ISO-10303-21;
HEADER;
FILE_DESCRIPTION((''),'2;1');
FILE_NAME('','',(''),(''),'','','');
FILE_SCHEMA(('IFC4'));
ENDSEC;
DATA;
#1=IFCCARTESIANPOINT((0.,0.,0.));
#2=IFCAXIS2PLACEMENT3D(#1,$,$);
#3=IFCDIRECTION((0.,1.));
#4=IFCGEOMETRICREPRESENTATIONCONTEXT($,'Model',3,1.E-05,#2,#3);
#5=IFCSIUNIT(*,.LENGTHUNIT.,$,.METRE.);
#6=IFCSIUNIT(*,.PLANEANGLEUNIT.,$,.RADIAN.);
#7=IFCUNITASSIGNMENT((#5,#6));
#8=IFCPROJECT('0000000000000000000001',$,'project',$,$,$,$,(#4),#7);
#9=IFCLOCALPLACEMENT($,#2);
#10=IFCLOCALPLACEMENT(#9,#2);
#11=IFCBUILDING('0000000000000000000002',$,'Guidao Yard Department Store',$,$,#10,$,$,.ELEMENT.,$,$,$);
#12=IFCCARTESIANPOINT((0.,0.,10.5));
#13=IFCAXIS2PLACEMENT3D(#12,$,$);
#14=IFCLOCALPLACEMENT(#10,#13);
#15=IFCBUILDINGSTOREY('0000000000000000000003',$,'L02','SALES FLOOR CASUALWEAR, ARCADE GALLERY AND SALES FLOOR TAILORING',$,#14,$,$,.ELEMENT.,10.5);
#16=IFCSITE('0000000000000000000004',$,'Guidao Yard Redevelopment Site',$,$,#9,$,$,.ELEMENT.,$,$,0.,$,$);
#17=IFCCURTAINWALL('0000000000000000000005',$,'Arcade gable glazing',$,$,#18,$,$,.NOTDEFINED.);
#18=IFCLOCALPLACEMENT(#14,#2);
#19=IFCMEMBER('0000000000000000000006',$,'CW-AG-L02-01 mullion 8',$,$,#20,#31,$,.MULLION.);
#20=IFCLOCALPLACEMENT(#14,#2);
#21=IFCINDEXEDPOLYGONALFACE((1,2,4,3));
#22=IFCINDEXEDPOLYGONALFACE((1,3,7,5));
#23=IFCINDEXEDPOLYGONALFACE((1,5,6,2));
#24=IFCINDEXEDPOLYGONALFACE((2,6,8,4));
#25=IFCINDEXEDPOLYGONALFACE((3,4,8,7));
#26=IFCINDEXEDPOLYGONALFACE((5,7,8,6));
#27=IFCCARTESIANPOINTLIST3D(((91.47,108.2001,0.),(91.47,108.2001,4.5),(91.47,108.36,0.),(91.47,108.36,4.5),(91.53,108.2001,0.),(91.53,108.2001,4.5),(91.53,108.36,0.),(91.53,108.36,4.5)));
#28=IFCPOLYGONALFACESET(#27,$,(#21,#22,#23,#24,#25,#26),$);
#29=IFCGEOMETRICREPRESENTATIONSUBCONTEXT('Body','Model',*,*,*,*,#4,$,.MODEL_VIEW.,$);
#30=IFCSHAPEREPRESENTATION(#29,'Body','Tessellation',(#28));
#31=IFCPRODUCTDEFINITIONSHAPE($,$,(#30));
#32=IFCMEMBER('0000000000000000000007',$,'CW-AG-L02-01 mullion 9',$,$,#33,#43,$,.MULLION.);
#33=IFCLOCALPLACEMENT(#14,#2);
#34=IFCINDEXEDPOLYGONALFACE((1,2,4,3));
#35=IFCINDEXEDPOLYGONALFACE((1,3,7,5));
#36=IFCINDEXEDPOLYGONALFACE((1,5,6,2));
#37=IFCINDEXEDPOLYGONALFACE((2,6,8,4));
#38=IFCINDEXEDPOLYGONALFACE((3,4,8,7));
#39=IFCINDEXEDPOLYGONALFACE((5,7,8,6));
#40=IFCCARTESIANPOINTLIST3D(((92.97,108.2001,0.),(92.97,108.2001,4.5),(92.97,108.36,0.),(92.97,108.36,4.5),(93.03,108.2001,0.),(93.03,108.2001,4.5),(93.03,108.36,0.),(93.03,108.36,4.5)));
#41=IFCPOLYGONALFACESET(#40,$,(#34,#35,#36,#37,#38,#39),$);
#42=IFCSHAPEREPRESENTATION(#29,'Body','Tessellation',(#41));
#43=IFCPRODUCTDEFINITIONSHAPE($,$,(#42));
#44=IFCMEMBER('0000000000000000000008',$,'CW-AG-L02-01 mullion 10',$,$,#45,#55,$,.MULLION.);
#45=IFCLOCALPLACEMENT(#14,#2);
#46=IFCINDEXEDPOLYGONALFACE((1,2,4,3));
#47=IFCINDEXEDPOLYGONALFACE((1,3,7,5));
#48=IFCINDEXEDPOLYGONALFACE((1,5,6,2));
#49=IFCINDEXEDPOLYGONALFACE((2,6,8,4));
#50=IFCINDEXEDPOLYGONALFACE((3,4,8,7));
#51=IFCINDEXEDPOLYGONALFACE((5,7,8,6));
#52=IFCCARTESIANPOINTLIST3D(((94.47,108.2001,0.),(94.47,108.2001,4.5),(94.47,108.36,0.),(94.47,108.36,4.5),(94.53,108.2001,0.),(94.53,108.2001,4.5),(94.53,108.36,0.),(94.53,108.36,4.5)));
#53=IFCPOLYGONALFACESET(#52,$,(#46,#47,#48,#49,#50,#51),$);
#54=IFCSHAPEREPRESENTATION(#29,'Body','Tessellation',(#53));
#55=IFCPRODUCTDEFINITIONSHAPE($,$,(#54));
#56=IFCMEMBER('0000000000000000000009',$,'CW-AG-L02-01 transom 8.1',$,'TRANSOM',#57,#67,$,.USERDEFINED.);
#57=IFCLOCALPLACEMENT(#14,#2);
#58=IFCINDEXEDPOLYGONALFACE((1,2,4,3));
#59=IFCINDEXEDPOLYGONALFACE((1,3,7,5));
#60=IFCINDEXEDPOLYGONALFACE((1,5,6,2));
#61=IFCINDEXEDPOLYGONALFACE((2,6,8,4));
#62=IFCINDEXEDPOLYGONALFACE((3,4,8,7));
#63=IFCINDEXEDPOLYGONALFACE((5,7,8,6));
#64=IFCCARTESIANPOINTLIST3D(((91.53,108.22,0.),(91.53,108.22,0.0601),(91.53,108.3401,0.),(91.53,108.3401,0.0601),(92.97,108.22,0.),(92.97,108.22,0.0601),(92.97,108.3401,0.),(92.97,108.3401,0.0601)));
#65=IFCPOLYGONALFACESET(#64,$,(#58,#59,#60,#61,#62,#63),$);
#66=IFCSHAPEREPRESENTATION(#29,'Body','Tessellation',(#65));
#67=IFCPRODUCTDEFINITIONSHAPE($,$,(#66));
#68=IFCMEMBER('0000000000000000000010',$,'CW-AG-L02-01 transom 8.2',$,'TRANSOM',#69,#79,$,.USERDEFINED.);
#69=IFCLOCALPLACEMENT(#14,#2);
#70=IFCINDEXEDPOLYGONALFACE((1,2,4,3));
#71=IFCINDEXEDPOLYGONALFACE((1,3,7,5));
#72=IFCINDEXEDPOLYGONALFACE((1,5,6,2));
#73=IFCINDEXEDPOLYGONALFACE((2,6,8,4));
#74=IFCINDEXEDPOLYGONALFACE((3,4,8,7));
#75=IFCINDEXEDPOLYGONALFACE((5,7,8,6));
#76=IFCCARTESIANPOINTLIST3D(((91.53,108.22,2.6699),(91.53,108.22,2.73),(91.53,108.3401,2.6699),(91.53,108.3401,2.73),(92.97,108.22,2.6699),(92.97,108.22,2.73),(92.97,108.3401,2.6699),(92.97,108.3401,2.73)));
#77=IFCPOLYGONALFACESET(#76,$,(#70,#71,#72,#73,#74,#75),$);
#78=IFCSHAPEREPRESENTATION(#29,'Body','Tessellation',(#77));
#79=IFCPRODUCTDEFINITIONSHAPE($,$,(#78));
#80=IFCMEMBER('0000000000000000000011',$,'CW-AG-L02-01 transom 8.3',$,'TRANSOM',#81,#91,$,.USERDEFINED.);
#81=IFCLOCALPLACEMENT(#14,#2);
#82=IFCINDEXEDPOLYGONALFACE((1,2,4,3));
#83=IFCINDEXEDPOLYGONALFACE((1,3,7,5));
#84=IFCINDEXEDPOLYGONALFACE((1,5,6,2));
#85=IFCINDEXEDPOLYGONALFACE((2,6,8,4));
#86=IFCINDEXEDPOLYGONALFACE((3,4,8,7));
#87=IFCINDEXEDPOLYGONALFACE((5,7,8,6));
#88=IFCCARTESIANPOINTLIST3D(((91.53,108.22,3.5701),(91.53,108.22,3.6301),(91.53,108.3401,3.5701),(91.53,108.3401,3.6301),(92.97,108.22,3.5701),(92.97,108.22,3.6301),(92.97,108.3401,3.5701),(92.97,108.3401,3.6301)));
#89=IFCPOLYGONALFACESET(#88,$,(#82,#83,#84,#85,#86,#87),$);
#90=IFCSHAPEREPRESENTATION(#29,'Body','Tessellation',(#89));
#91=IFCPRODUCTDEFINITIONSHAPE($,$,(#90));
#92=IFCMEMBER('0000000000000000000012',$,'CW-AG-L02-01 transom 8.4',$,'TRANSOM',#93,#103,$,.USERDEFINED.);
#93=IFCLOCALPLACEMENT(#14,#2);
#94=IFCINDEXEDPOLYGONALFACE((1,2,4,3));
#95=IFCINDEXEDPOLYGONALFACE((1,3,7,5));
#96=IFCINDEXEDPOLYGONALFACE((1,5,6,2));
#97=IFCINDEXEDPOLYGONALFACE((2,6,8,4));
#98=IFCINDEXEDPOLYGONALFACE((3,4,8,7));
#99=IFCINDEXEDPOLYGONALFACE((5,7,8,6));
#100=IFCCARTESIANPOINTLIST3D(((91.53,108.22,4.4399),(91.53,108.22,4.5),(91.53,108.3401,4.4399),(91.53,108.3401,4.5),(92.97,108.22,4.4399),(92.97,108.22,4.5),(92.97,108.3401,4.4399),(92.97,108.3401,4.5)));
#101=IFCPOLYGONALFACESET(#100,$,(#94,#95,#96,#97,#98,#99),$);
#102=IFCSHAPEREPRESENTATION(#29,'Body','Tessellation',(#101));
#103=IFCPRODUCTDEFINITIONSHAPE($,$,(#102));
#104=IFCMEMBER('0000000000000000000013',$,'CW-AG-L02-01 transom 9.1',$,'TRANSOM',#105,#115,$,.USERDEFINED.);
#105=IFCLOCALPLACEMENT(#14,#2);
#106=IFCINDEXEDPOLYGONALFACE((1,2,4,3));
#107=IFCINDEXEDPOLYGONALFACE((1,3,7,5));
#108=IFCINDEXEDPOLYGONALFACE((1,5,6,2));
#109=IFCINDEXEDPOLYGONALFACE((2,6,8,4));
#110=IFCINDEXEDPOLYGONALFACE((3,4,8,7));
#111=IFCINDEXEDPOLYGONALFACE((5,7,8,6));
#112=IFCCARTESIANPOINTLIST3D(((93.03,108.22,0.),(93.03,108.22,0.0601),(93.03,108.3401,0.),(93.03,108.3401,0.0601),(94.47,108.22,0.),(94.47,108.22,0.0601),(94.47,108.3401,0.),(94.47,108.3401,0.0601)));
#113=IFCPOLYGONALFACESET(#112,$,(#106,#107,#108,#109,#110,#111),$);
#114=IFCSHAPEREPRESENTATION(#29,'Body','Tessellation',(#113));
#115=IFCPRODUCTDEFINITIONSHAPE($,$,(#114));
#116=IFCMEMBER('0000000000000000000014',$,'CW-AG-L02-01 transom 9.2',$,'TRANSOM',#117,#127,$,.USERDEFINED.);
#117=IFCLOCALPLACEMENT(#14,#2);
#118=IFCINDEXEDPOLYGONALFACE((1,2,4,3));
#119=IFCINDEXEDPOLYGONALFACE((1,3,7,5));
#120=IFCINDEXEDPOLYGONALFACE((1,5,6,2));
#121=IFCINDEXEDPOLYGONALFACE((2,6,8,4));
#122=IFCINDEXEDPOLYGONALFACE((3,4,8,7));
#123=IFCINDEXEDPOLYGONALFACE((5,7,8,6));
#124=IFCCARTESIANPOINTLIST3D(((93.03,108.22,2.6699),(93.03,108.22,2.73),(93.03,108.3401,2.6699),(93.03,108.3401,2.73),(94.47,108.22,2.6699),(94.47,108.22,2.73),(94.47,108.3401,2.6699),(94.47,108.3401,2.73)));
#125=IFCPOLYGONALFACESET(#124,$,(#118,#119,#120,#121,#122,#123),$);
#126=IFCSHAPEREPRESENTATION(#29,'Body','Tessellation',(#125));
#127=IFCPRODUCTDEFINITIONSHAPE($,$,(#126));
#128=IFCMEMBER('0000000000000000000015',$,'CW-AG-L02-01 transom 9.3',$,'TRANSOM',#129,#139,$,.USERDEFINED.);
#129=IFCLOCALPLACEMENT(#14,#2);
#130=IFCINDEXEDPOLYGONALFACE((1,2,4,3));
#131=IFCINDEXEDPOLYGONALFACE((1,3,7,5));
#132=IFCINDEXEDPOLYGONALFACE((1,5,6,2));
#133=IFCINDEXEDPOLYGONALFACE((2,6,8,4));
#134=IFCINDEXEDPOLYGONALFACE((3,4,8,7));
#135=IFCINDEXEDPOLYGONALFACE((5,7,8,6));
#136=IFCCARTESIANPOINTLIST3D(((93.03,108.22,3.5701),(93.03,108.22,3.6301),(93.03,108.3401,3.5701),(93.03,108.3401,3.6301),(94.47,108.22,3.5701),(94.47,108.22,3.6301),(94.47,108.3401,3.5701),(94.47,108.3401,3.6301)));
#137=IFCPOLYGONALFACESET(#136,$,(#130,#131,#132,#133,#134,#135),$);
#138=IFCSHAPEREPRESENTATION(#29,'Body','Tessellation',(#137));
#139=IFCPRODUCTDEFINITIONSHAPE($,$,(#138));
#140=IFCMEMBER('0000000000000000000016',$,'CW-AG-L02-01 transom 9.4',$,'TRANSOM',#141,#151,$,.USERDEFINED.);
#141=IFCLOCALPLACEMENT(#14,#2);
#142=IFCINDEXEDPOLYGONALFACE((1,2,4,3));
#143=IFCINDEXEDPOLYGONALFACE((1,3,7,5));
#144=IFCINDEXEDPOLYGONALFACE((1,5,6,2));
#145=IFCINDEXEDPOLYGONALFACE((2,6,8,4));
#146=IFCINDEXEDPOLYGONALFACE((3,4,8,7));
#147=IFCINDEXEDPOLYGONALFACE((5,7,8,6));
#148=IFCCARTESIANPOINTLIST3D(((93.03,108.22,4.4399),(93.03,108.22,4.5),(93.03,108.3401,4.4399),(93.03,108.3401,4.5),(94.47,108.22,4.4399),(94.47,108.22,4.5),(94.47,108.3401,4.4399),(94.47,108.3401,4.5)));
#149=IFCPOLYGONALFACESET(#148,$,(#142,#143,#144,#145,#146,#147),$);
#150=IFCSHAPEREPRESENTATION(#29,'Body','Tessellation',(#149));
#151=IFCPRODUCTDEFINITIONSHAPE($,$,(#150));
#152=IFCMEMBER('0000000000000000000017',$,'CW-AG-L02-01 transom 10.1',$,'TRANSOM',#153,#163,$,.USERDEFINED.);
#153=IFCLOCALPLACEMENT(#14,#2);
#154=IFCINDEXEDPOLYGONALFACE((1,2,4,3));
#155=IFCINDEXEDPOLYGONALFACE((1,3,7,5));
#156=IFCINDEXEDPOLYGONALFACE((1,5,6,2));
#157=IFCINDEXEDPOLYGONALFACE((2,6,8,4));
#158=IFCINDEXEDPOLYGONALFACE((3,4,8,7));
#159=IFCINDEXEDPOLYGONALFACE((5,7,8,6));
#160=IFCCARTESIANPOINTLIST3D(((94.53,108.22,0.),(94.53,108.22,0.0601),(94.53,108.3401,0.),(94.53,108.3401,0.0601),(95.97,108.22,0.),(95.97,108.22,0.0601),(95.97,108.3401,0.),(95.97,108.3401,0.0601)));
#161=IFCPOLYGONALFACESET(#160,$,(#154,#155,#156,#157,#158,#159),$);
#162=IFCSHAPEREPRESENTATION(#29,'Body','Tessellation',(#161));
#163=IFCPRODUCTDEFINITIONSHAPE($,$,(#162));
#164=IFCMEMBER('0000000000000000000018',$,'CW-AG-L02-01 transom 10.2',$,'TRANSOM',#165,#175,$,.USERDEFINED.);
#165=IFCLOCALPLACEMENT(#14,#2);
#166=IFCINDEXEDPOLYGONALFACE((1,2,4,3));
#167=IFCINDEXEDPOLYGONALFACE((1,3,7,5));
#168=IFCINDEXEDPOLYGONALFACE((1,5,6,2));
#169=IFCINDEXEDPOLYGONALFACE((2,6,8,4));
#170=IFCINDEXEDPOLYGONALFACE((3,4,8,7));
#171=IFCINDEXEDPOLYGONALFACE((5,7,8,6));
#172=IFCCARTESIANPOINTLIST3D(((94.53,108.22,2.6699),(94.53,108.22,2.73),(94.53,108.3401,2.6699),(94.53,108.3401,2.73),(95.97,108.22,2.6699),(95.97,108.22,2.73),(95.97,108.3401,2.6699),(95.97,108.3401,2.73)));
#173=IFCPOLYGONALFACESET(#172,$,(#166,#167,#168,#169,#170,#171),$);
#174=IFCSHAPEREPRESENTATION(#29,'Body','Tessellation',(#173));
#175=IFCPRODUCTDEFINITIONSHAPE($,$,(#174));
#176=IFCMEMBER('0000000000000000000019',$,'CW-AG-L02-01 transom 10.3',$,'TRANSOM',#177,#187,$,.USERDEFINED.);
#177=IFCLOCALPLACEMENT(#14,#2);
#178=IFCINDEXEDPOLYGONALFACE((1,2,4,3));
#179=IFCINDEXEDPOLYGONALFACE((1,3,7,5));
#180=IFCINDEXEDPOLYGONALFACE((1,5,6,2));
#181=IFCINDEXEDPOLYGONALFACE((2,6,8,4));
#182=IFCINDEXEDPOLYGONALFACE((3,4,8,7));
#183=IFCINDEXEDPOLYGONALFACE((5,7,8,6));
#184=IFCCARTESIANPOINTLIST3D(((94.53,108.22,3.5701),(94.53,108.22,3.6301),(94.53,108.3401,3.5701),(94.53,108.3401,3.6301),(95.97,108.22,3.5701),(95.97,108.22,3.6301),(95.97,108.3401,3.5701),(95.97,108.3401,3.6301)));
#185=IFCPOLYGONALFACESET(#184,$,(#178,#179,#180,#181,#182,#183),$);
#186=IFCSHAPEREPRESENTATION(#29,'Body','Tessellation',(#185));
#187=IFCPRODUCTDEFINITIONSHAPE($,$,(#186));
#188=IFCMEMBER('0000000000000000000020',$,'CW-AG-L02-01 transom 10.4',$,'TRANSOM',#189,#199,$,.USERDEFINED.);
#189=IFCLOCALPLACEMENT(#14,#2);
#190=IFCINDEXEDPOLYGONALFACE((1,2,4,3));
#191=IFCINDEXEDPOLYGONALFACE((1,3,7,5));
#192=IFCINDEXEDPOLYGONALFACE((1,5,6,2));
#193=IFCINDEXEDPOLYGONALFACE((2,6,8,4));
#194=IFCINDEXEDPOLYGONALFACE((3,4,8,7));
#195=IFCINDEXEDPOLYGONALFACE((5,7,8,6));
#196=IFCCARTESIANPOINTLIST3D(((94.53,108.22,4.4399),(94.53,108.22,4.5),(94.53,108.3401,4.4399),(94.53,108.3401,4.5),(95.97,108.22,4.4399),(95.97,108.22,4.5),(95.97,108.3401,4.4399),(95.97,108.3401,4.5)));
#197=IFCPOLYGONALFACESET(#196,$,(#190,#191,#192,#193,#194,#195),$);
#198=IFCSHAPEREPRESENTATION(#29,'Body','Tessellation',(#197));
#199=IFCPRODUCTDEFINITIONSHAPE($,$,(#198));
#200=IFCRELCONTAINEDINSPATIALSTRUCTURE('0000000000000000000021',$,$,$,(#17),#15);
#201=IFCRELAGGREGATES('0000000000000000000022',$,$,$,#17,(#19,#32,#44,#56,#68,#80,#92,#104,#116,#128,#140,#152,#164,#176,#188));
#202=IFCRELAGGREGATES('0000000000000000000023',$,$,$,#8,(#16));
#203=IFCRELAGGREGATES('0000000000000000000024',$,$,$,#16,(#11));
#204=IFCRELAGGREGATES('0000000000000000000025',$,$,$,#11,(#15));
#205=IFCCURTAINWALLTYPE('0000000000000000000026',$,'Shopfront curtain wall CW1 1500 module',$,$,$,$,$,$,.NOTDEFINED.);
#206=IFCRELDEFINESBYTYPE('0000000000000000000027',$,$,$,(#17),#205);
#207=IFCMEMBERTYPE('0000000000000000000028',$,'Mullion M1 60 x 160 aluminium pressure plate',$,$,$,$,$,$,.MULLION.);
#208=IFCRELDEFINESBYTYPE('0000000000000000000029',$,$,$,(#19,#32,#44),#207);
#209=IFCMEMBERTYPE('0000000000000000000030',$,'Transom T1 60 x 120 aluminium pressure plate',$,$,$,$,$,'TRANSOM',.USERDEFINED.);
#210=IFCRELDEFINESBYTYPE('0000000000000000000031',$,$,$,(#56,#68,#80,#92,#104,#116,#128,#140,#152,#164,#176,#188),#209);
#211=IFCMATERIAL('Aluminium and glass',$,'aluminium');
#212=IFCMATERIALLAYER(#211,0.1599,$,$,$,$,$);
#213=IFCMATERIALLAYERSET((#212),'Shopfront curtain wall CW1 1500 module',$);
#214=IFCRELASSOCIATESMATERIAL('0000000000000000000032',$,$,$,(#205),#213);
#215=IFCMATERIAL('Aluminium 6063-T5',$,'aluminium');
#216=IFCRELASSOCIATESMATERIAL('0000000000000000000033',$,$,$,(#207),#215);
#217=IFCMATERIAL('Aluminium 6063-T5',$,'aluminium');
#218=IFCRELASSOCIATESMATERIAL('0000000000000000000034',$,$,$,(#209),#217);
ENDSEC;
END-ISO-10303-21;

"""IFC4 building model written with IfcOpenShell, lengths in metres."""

from ifc_helpers import new_model, si_unit, direction, frame, origin, origin_2d, place, context, subcontext, project, spatial, rectangle, extrude, material, layer, layer_set, material_profile, profile_set, type_object, element, aggregate, save


model = new_model("IFC4")

# Units and contexts
model_context = context("Model", 3, precision=1e-05, world=origin(), true_north=direction((0.0, 1.0)))
body_context = subcontext(model_context, "Body", "Model", "MODEL_VIEW")
ifc_project = project(units=[si_unit("LENGTHUNIT", "METRE"), si_unit("PLANEANGLEUNIT", "RADIAN")], contexts=[model_context])

# Site, building, storey
site_placement = place(None, origin())
site = spatial("IfcSite", under=ifc_project, at=site_placement, Name="Guidao Yard Redevelopment Site", CompositionType="ELEMENT", RefElevation=0.0)
building_placement = place(site_placement, origin())
building = spatial("IfcBuilding", under=site, at=building_placement, Name="Guidao Yard Department Store", CompositionType="ELEMENT")
storey_placement = place(building_placement, frame((0.0, 0.0, 10.5)))
storey = spatial("IfcBuildingStorey", under=building, at=storey_placement, Name="L02", Description="SALES FLOOR CASUALWEAR, ARCADE GALLERY AND SALES FLOOR TAILORING", CompositionType="ELEMENT", Elevation=10.5)

# Curtain wall, members
ifc_material_1 = material(Name="Aluminium and glass", Category="aluminium")
ifc_layer_1 = layer(ifc_material_1, 0.1599)
ifc_layer_set_1 = layer_set([ifc_layer_1], Name="Shopfront curtain wall CW1 1500 module")
curtain_wall_type = type_object("IfcCurtainWallType", Name="Shopfront curtain wall CW1 1500 module", PredefinedType="NOTDEFINED", material=ifc_layer_set_1)
curtain_wall_placement = place(storey_placement, origin())
curtain_wall = element("IfcCurtainWall", 1, at=curtain_wall_placement, inside=storey, type_object=curtain_wall_type, Name="Arcade gable glazing", PredefinedType="NOTDEFINED")
ifc_material_2 = material(Name="Aluminium 6063-T5", Category="aluminium")
ifc_material_profile_1 = material_profile(ifc_material_2, rectangle(XDim=0.0601, YDim=0.1599, at=origin_2d()), Name="Mullion M1 60 x 160 aluminium pressure plate")
ifc_profile_set_1 = profile_set([ifc_material_profile_1], Name="Aluminium 6063-T5")
member_type_1 = type_object("IfcMemberType", Name="Mullion M1 60 x 160 aluminium pressure plate", PredefinedType="MULLION", material=ifc_profile_set_1)
member_1_placement = place(storey_placement, frame((91.5, 108.28, 0.0), z_axis=(0.0, 0.0, 1.0), x_axis=(1.0, 0.0, 0.0)))
member_1 = element("IfcMember", 2, at=member_1_placement, type_object=member_type_1, Name="CW-AG-L02-01 mullion 8", PredefinedType="MULLION", context=body_context, shape_type="SweptSolid", body=[
    extrude(rectangle(XDim=0.0601, YDim=0.1599, at=origin_2d()), origin(), (0.0, 0.0, 1.0), 4.5),
])
member_2_placement = place(storey_placement, frame((93.0, 108.28, 0.0), z_axis=(0.0, 0.0, 1.0), x_axis=(1.0, 0.0, 0.0)))
member_2 = element("IfcMember", 3, at=member_2_placement, type_object=member_type_1, Name="CW-AG-L02-01 mullion 9", PredefinedType="MULLION", context=body_context, shape_type="SweptSolid", body=[
    extrude(rectangle(XDim=0.0601, YDim=0.1599, at=origin_2d()), origin(), (0.0, 0.0, 1.0), 4.5),
])
member_3_placement = place(storey_placement, frame((94.5, 108.28, 0.0), z_axis=(0.0, 0.0, 1.0), x_axis=(1.0, 0.0, 0.0)))
member_3 = element("IfcMember", 4, at=member_3_placement, type_object=member_type_1, Name="CW-AG-L02-01 mullion 10", PredefinedType="MULLION", context=body_context, shape_type="SweptSolid", body=[
    extrude(rectangle(XDim=0.0601, YDim=0.1599, at=origin_2d()), origin(), (0.0, 0.0, 1.0), 4.5),
])
ifc_material_3 = material(Name="Aluminium 6063-T5", Category="aluminium")
ifc_material_profile_2 = material_profile(ifc_material_3, rectangle(XDim=0.1201, YDim=0.0601, at=origin_2d()), Name="Transom T1 60 x 120 aluminium pressure plate")
ifc_profile_set_2 = profile_set([ifc_material_profile_2], Name="Aluminium 6063-T5")
member_type_2 = type_object("IfcMemberType", Name="Transom T1 60 x 120 aluminium pressure plate", ElementType="TRANSOM", PredefinedType="USERDEFINED", material=ifc_profile_set_2)
member_4_placement = place(storey_placement, frame((91.53, 108.28, 0.03), z_axis=(1.0, 0.0, 0.0), x_axis=(0.0, 1.0, 0.0)))
member_4 = element("IfcMember", 5, at=member_4_placement, type_object=member_type_2, Name="CW-AG-L02-01 transom 8.1", ObjectType="TRANSOM", PredefinedType="USERDEFINED", context=body_context, shape_type="SweptSolid", body=[
    extrude(rectangle(XDim=0.1201, YDim=0.0601, at=origin_2d()), origin(), (0.0, 0.0, 1.0), 1.4399),
])
member_5_placement = place(storey_placement, frame((91.53, 108.28, 2.7), z_axis=(1.0, 0.0, 0.0), x_axis=(0.0, 1.0, 0.0)))
member_5 = element("IfcMember", 6, at=member_5_placement, type_object=member_type_2, Name="CW-AG-L02-01 transom 8.2", ObjectType="TRANSOM", PredefinedType="USERDEFINED", context=body_context, shape_type="SweptSolid", body=[
    extrude(rectangle(XDim=0.1201, YDim=0.0601, at=origin_2d()), origin(), (0.0, 0.0, 1.0), 1.4399),
])
member_6_placement = place(storey_placement, frame((91.53, 108.28, 3.6001), z_axis=(1.0, 0.0, 0.0), x_axis=(0.0, 1.0, 0.0)))
member_6 = element("IfcMember", 7, at=member_6_placement, type_object=member_type_2, Name="CW-AG-L02-01 transom 8.3", ObjectType="TRANSOM", PredefinedType="USERDEFINED", context=body_context, shape_type="SweptSolid", body=[
    extrude(rectangle(XDim=0.1201, YDim=0.0601, at=origin_2d()), origin(), (0.0, 0.0, 1.0), 1.4399),
])
member_7_placement = place(storey_placement, frame((91.53, 108.28, 4.47), z_axis=(1.0, 0.0, 0.0), x_axis=(0.0, 1.0, 0.0)))
member_7 = element("IfcMember", 8, at=member_7_placement, type_object=member_type_2, Name="CW-AG-L02-01 transom 8.4", ObjectType="TRANSOM", PredefinedType="USERDEFINED", context=body_context, shape_type="SweptSolid", body=[
    extrude(rectangle(XDim=0.1201, YDim=0.0601, at=origin_2d()), origin(), (0.0, 0.0, 1.0), 1.4399),
])
member_8_placement = place(storey_placement, frame((93.03, 108.28, 0.03), z_axis=(1.0, 0.0, 0.0), x_axis=(0.0, 1.0, 0.0)))
member_8 = element("IfcMember", 9, at=member_8_placement, type_object=member_type_2, Name="CW-AG-L02-01 transom 9.1", ObjectType="TRANSOM", PredefinedType="USERDEFINED", context=body_context, shape_type="SweptSolid", body=[
    extrude(rectangle(XDim=0.1201, YDim=0.0601, at=origin_2d()), origin(), (0.0, 0.0, 1.0), 1.4399),
])
member_9_placement = place(storey_placement, frame((93.03, 108.28, 2.7), z_axis=(1.0, 0.0, 0.0), x_axis=(0.0, 1.0, 0.0)))
member_9 = element("IfcMember", 10, at=member_9_placement, type_object=member_type_2, Name="CW-AG-L02-01 transom 9.2", ObjectType="TRANSOM", PredefinedType="USERDEFINED", context=body_context, shape_type="SweptSolid", body=[
    extrude(rectangle(XDim=0.1201, YDim=0.0601, at=origin_2d()), origin(), (0.0, 0.0, 1.0), 1.4399),
])
member_10_placement = place(storey_placement, frame((93.03, 108.28, 3.6001), z_axis=(1.0, 0.0, 0.0), x_axis=(0.0, 1.0, 0.0)))
member_10 = element("IfcMember", 11, at=member_10_placement, type_object=member_type_2, Name="CW-AG-L02-01 transom 9.3", ObjectType="TRANSOM", PredefinedType="USERDEFINED", context=body_context, shape_type="SweptSolid", body=[
    extrude(rectangle(XDim=0.1201, YDim=0.0601, at=origin_2d()), origin(), (0.0, 0.0, 1.0), 1.4399),
])
member_11_placement = place(storey_placement, frame((93.03, 108.28, 4.47), z_axis=(1.0, 0.0, 0.0), x_axis=(0.0, 1.0, 0.0)))
member_11 = element("IfcMember", 12, at=member_11_placement, type_object=member_type_2, Name="CW-AG-L02-01 transom 9.4", ObjectType="TRANSOM", PredefinedType="USERDEFINED", context=body_context, shape_type="SweptSolid", body=[
    extrude(rectangle(XDim=0.1201, YDim=0.0601, at=origin_2d()), origin(), (0.0, 0.0, 1.0), 1.4399),
])
member_12_placement = place(storey_placement, frame((94.53, 108.28, 0.03), z_axis=(1.0, 0.0, 0.0), x_axis=(0.0, 1.0, 0.0)))
member_12 = element("IfcMember", 13, at=member_12_placement, type_object=member_type_2, Name="CW-AG-L02-01 transom 10.1", ObjectType="TRANSOM", PredefinedType="USERDEFINED", context=body_context, shape_type="SweptSolid", body=[
    extrude(rectangle(XDim=0.1201, YDim=0.0601, at=origin_2d()), origin(), (0.0, 0.0, 1.0), 1.4399),
])
member_13_placement = place(storey_placement, frame((94.53, 108.28, 2.7), z_axis=(1.0, 0.0, 0.0), x_axis=(0.0, 1.0, 0.0)))
member_13 = element("IfcMember", 14, at=member_13_placement, type_object=member_type_2, Name="CW-AG-L02-01 transom 10.2", ObjectType="TRANSOM", PredefinedType="USERDEFINED", context=body_context, shape_type="SweptSolid", body=[
    extrude(rectangle(XDim=0.1201, YDim=0.0601, at=origin_2d()), origin(), (0.0, 0.0, 1.0), 1.4399),
])
member_14_placement = place(storey_placement, frame((94.53, 108.28, 3.6001), z_axis=(1.0, 0.0, 0.0), x_axis=(0.0, 1.0, 0.0)))
member_14 = element("IfcMember", 15, at=member_14_placement, type_object=member_type_2, Name="CW-AG-L02-01 transom 10.3", ObjectType="TRANSOM", PredefinedType="USERDEFINED", context=body_context, shape_type="SweptSolid", body=[
    extrude(rectangle(XDim=0.1201, YDim=0.0601, at=origin_2d()), origin(), (0.0, 0.0, 1.0), 1.4399),
])
member_15_placement = place(storey_placement, frame((94.53, 108.28, 4.47), z_axis=(1.0, 0.0, 0.0), x_axis=(0.0, 1.0, 0.0)))
member_15 = element("IfcMember", 16, at=member_15_placement, type_object=member_type_2, Name="CW-AG-L02-01 transom 10.4", ObjectType="TRANSOM", PredefinedType="USERDEFINED", context=body_context, shape_type="SweptSolid", body=[
    extrude(rectangle(XDim=0.1201, YDim=0.0601, at=origin_2d()), origin(), (0.0, 0.0, 1.0), 1.4399),
])
aggregate(curtain_wall, [member_1, member_2, member_3, member_4, member_5, member_6, member_7, member_8, member_9, member_10, member_11, member_12, member_13, member_14, member_15])

save(model, "model.ifc")
